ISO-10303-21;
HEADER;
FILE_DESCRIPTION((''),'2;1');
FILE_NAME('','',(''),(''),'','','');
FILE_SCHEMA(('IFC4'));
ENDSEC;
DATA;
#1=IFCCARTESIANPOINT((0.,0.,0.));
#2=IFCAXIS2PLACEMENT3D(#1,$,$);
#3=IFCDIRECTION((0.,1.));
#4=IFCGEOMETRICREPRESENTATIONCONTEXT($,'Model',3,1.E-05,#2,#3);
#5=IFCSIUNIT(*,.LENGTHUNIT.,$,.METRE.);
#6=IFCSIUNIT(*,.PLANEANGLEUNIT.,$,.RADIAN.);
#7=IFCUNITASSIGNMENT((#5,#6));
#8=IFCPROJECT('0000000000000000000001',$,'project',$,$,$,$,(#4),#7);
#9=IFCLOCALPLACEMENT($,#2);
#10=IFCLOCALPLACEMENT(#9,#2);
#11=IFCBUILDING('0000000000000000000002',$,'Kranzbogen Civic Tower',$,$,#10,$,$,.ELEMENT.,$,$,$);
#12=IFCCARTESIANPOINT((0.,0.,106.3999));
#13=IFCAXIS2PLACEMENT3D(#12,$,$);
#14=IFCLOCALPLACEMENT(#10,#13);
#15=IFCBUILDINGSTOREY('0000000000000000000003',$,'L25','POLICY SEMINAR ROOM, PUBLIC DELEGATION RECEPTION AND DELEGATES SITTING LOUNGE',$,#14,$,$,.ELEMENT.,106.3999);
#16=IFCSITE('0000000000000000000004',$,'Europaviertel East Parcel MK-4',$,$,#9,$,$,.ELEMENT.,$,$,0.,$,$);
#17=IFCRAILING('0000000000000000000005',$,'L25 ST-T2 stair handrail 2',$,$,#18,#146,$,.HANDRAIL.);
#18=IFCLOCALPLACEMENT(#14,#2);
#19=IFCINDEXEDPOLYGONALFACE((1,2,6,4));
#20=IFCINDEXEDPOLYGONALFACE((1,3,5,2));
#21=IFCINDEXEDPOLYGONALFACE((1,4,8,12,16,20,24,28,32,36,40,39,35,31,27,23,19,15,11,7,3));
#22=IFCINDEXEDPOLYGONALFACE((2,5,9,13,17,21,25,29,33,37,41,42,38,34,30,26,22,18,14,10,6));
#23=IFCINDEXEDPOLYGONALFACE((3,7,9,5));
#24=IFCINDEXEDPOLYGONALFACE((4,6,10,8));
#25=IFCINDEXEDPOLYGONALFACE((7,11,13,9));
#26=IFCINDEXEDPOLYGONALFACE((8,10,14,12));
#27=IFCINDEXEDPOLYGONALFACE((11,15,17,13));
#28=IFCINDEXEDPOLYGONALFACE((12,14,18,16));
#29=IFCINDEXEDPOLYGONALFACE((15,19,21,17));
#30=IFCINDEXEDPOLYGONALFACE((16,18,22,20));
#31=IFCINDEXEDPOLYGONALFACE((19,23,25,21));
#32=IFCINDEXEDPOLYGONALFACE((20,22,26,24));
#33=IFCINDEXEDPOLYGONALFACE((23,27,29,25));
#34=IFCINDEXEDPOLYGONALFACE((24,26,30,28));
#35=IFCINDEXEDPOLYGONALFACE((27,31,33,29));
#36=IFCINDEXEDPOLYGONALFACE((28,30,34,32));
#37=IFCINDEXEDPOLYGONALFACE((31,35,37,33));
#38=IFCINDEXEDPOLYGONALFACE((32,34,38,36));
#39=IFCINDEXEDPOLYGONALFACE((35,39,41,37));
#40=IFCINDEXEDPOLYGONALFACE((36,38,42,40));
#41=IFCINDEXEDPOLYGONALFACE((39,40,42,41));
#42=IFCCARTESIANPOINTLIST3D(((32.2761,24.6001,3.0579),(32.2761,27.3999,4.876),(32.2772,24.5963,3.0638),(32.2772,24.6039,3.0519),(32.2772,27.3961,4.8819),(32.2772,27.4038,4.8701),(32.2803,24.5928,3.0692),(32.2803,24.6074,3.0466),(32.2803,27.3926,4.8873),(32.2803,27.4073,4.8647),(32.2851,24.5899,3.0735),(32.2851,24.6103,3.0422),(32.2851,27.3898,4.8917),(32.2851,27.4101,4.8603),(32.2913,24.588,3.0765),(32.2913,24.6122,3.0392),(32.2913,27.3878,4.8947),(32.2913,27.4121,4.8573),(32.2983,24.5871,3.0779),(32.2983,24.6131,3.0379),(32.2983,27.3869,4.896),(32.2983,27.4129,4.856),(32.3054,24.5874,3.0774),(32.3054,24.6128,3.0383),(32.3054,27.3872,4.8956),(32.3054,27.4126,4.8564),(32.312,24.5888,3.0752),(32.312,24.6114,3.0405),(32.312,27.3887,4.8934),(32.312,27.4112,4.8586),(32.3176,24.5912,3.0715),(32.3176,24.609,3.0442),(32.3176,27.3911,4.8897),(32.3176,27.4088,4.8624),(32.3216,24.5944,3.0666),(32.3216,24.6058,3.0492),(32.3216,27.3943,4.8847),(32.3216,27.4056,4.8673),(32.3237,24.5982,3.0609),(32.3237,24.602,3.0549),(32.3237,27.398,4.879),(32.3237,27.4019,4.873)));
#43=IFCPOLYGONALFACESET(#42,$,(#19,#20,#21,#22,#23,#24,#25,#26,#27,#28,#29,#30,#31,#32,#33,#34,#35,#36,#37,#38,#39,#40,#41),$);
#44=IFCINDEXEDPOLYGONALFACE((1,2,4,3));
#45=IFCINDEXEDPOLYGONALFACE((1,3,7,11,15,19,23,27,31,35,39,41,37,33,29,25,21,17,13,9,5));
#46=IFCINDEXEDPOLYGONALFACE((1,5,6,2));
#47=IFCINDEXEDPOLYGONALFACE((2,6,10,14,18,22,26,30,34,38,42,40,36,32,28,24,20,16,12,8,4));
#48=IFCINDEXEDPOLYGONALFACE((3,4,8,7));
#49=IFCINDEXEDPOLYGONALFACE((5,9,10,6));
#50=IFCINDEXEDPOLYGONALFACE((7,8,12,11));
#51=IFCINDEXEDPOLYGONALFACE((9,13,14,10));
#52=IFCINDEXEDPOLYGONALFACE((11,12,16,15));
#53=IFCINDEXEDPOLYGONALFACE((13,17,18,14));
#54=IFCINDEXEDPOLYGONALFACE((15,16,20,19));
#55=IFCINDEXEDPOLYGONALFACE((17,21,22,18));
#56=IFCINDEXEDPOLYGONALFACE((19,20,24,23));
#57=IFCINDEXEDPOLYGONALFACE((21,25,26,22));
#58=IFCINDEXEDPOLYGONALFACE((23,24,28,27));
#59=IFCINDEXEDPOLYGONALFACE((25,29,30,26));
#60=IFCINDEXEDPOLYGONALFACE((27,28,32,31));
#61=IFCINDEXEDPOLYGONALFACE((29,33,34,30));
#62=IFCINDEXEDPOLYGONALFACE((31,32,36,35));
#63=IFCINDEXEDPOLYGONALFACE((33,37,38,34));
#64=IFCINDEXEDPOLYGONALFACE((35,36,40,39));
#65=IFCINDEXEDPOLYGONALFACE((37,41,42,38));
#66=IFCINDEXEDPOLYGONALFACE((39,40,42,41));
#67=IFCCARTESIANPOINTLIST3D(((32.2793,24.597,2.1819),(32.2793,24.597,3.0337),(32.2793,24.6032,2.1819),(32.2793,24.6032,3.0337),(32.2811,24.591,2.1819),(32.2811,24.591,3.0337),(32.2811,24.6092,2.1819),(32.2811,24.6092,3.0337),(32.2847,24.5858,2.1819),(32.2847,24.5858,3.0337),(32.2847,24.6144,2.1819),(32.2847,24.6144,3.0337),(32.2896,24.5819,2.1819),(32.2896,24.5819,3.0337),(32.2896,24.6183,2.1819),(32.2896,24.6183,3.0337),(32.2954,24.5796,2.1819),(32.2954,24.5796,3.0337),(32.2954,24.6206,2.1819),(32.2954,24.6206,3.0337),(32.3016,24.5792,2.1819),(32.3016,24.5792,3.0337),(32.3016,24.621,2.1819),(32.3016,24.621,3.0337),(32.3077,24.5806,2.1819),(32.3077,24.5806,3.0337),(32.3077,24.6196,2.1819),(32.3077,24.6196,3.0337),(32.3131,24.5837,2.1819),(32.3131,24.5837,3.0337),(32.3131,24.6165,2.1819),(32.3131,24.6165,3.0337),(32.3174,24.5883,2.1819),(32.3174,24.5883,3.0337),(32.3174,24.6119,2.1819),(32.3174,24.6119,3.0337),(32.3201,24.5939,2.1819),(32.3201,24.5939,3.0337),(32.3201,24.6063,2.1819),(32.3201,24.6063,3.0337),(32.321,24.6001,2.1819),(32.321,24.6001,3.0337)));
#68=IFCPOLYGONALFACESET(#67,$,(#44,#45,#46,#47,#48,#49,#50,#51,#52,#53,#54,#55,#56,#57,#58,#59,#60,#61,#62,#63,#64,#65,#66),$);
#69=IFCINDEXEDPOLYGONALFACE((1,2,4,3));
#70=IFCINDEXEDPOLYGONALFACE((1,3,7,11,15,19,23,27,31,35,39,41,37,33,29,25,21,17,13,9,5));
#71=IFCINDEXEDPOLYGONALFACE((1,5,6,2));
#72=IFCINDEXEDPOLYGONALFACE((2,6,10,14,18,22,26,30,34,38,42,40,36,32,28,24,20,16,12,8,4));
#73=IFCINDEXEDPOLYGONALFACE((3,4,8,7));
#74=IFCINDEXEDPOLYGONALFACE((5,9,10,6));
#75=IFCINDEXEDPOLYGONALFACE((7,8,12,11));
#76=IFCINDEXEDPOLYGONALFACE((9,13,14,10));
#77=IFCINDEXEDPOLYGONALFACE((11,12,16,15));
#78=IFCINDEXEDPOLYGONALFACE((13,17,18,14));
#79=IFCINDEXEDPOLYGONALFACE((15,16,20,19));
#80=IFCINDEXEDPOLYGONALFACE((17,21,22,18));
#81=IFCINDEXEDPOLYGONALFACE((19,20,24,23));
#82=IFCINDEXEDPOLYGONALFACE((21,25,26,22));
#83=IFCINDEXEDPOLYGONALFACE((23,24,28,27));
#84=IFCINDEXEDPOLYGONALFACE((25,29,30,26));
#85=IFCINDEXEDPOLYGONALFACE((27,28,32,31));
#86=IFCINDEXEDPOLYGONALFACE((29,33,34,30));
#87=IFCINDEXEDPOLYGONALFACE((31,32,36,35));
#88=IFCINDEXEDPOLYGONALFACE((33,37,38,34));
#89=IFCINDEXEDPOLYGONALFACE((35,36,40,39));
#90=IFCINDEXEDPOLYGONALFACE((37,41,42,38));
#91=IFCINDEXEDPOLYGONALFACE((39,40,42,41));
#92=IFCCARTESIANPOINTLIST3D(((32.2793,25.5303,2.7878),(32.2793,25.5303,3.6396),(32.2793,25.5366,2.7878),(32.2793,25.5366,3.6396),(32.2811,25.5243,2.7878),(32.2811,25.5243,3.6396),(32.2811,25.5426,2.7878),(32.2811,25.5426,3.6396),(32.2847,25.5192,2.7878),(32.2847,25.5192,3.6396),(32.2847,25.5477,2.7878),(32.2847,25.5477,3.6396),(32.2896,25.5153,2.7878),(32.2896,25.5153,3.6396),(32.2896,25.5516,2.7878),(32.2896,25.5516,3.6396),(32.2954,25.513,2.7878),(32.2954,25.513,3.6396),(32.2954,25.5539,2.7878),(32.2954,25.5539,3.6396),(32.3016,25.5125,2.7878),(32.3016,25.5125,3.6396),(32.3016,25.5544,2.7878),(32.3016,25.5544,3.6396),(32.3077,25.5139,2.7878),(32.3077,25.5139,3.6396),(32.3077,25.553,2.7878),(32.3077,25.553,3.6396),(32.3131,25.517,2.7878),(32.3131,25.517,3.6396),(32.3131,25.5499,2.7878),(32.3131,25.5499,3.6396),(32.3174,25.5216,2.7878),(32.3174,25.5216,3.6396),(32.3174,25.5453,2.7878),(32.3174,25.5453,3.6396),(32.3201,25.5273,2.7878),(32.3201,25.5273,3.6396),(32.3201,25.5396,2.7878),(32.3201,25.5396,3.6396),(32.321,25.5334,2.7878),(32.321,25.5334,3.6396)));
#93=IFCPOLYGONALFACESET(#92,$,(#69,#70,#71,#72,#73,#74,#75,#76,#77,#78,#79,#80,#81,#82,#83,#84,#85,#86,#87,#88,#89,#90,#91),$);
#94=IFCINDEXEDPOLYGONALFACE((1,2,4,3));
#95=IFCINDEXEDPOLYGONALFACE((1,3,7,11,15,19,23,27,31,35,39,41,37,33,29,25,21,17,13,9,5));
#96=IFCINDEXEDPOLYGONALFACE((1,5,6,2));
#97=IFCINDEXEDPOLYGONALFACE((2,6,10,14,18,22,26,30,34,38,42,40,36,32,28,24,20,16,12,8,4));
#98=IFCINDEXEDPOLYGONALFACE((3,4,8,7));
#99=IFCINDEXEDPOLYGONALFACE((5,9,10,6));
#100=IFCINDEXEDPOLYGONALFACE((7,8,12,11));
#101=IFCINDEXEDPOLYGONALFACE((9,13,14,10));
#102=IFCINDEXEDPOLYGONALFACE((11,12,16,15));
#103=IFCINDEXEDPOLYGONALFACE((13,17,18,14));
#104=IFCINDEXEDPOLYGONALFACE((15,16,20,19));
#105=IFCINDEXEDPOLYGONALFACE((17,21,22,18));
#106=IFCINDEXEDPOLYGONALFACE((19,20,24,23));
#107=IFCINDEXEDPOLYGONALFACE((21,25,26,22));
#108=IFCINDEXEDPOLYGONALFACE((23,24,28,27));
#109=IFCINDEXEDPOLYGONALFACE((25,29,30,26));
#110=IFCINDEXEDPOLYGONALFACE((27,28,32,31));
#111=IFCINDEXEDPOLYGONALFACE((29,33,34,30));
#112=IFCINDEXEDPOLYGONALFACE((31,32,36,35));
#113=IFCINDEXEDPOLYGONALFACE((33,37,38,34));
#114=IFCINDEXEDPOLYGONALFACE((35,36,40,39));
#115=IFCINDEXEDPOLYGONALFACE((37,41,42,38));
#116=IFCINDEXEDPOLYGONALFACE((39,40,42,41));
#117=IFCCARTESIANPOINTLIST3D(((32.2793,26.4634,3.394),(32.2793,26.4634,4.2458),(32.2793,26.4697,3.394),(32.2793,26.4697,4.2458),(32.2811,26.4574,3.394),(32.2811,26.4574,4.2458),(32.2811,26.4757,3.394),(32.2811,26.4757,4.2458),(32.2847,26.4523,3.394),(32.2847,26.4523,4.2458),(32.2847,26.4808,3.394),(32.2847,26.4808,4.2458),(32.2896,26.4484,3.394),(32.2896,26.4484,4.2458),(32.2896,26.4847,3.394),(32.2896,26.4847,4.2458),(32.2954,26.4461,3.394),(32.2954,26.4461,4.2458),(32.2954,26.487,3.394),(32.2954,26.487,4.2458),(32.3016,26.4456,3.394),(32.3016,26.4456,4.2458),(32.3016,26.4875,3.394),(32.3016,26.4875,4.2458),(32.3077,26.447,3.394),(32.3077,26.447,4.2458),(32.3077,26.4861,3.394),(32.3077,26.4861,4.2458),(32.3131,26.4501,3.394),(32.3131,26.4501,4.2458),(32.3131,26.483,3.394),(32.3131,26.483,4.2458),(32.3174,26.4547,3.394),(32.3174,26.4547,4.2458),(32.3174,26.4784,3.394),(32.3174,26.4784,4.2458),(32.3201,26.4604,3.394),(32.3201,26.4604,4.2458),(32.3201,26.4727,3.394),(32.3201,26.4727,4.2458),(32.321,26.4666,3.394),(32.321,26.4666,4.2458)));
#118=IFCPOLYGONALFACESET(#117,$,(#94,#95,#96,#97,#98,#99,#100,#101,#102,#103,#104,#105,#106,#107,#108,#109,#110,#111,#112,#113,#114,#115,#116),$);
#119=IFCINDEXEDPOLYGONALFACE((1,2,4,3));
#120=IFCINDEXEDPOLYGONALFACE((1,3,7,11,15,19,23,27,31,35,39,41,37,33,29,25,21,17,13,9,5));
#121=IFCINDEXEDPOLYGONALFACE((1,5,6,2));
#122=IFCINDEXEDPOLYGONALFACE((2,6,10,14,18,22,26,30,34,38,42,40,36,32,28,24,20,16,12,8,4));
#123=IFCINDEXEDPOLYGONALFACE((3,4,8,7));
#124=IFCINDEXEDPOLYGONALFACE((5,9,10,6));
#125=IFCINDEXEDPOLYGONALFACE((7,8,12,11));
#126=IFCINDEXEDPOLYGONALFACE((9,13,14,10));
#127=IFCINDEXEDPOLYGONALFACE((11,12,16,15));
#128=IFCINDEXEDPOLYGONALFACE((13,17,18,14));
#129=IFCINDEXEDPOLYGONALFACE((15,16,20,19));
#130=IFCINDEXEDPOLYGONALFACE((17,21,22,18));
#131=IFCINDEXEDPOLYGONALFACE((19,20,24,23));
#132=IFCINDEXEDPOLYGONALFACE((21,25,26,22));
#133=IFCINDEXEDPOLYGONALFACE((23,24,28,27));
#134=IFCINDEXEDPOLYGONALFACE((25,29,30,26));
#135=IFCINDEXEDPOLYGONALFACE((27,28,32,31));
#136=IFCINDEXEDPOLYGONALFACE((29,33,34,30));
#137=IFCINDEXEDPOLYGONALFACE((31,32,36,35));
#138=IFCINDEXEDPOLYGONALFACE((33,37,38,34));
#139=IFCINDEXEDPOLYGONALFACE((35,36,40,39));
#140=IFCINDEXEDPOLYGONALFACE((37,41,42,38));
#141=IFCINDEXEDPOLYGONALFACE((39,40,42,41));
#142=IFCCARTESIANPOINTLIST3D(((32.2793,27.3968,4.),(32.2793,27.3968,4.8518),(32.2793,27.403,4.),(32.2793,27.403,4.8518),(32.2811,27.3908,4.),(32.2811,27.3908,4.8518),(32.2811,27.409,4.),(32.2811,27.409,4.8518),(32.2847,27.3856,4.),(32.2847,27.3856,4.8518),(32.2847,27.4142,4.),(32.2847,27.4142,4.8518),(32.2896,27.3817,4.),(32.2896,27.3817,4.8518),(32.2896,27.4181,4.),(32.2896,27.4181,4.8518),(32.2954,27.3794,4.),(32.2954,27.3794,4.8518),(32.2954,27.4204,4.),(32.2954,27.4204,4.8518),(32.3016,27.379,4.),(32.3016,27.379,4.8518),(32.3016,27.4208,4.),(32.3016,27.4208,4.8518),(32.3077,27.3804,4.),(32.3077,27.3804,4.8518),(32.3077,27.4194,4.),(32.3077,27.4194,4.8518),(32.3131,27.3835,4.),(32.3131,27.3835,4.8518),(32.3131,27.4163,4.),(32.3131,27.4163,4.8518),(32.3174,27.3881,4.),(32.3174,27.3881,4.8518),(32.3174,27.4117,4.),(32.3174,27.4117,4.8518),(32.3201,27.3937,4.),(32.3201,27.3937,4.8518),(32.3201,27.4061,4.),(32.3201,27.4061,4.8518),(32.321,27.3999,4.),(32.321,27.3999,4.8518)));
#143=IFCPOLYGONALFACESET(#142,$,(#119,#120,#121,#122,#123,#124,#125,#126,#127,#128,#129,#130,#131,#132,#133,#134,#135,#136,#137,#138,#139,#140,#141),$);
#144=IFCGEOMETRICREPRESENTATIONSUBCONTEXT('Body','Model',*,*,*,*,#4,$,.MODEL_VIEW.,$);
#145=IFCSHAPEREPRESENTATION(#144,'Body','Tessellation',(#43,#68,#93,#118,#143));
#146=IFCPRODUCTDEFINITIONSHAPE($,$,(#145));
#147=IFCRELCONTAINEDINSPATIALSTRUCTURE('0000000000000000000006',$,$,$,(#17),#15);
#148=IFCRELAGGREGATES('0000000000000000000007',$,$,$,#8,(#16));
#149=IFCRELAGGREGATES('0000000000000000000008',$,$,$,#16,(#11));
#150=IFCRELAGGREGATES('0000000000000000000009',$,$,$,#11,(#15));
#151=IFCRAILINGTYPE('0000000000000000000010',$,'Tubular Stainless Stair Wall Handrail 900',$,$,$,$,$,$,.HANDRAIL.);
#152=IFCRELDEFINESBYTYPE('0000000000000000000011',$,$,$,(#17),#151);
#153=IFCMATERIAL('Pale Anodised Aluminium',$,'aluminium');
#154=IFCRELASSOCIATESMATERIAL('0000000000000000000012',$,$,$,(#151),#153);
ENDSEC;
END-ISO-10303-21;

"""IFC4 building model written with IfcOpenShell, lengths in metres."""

from ifc_helpers import new_model, si_unit, direction, frame, origin, origin_2d, place, context, subcontext, project, spatial, circle, extrude, material, type_object, element, save


model = new_model("IFC4")

# Units and contexts
model_context = context("Model", 3, precision=1e-05, world=origin(), true_north=direction((0.0, 1.0)))
body_context = subcontext(model_context, "Body", "Model", "MODEL_VIEW")
ifc_project = project(units=[si_unit("LENGTHUNIT", "METRE"), si_unit("PLANEANGLEUNIT", "RADIAN")], contexts=[model_context])

# Site, building, storey
site_placement = place(None, origin())
site = spatial("IfcSite", under=ifc_project, at=site_placement, Name="Europaviertel East Parcel MK-4", CompositionType="ELEMENT", RefElevation=0.0)
building_placement = place(site_placement, origin())
building = spatial("IfcBuilding", under=site, at=building_placement, Name="Kranzbogen Civic Tower", CompositionType="ELEMENT")
storey_placement = place(building_placement, frame((0.0, 0.0, 106.3999)))
storey = spatial("IfcBuildingStorey", under=building, at=storey_placement, Name="L25", Description="POLICY SEMINAR ROOM, PUBLIC DELEGATION RECEPTION AND DELEGATES SITTING LOUNGE", CompositionType="ELEMENT", Elevation=106.3999)

# Shared definitions
ifc_material_1 = material(Name="Pale Anodised Aluminium", Category="aluminium")

# Railing
railing_type_1 = type_object("IfcRailingType", Name="Tubular Stainless Stair Wall Handrail 900", PredefinedType="HANDRAIL", material=ifc_material_1)
railing_1_placement = place(storey_placement, frame((32.3, 24.6001, 2.1819)))
element("IfcRailing", 1, at=railing_1_placement, inside=storey, type_object=railing_type_1, Name="L25 ST-T2 stair handrail 2", PredefinedType="HANDRAIL", context=body_context, shape_type="SweptSolid", body=[
    extrude(circle(Radius=0.0239, at=origin_2d()), frame((0.0, 0.0, 0.876), z_axis=(0.0, 0.838684, 0.544618), x_axis=(-1.0, 0.0, 0.0)), (0.0, 0.0, 1.0), 3.3384),
    extrude(circle(Radius=0.021, at=origin_2d()), origin(), (0.0, 0.0, 1.0), 0.8518),
    extrude(circle(Radius=0.021, at=origin_2d()), frame((0.0, 0.9333, 0.606)), (0.0, 0.0, 1.0), 0.8518),
    extrude(circle(Radius=0.021, at=origin_2d()), frame((0.0, 1.8665, 1.2122)), (0.0, 0.0, 1.0), 0.8518),
    extrude(circle(Radius=0.021, at=origin_2d()), frame((0.0, 2.7998, 1.8181)), (0.0, 0.0, 1.0), 0.8518),
])

save(model, "model.ifc")
